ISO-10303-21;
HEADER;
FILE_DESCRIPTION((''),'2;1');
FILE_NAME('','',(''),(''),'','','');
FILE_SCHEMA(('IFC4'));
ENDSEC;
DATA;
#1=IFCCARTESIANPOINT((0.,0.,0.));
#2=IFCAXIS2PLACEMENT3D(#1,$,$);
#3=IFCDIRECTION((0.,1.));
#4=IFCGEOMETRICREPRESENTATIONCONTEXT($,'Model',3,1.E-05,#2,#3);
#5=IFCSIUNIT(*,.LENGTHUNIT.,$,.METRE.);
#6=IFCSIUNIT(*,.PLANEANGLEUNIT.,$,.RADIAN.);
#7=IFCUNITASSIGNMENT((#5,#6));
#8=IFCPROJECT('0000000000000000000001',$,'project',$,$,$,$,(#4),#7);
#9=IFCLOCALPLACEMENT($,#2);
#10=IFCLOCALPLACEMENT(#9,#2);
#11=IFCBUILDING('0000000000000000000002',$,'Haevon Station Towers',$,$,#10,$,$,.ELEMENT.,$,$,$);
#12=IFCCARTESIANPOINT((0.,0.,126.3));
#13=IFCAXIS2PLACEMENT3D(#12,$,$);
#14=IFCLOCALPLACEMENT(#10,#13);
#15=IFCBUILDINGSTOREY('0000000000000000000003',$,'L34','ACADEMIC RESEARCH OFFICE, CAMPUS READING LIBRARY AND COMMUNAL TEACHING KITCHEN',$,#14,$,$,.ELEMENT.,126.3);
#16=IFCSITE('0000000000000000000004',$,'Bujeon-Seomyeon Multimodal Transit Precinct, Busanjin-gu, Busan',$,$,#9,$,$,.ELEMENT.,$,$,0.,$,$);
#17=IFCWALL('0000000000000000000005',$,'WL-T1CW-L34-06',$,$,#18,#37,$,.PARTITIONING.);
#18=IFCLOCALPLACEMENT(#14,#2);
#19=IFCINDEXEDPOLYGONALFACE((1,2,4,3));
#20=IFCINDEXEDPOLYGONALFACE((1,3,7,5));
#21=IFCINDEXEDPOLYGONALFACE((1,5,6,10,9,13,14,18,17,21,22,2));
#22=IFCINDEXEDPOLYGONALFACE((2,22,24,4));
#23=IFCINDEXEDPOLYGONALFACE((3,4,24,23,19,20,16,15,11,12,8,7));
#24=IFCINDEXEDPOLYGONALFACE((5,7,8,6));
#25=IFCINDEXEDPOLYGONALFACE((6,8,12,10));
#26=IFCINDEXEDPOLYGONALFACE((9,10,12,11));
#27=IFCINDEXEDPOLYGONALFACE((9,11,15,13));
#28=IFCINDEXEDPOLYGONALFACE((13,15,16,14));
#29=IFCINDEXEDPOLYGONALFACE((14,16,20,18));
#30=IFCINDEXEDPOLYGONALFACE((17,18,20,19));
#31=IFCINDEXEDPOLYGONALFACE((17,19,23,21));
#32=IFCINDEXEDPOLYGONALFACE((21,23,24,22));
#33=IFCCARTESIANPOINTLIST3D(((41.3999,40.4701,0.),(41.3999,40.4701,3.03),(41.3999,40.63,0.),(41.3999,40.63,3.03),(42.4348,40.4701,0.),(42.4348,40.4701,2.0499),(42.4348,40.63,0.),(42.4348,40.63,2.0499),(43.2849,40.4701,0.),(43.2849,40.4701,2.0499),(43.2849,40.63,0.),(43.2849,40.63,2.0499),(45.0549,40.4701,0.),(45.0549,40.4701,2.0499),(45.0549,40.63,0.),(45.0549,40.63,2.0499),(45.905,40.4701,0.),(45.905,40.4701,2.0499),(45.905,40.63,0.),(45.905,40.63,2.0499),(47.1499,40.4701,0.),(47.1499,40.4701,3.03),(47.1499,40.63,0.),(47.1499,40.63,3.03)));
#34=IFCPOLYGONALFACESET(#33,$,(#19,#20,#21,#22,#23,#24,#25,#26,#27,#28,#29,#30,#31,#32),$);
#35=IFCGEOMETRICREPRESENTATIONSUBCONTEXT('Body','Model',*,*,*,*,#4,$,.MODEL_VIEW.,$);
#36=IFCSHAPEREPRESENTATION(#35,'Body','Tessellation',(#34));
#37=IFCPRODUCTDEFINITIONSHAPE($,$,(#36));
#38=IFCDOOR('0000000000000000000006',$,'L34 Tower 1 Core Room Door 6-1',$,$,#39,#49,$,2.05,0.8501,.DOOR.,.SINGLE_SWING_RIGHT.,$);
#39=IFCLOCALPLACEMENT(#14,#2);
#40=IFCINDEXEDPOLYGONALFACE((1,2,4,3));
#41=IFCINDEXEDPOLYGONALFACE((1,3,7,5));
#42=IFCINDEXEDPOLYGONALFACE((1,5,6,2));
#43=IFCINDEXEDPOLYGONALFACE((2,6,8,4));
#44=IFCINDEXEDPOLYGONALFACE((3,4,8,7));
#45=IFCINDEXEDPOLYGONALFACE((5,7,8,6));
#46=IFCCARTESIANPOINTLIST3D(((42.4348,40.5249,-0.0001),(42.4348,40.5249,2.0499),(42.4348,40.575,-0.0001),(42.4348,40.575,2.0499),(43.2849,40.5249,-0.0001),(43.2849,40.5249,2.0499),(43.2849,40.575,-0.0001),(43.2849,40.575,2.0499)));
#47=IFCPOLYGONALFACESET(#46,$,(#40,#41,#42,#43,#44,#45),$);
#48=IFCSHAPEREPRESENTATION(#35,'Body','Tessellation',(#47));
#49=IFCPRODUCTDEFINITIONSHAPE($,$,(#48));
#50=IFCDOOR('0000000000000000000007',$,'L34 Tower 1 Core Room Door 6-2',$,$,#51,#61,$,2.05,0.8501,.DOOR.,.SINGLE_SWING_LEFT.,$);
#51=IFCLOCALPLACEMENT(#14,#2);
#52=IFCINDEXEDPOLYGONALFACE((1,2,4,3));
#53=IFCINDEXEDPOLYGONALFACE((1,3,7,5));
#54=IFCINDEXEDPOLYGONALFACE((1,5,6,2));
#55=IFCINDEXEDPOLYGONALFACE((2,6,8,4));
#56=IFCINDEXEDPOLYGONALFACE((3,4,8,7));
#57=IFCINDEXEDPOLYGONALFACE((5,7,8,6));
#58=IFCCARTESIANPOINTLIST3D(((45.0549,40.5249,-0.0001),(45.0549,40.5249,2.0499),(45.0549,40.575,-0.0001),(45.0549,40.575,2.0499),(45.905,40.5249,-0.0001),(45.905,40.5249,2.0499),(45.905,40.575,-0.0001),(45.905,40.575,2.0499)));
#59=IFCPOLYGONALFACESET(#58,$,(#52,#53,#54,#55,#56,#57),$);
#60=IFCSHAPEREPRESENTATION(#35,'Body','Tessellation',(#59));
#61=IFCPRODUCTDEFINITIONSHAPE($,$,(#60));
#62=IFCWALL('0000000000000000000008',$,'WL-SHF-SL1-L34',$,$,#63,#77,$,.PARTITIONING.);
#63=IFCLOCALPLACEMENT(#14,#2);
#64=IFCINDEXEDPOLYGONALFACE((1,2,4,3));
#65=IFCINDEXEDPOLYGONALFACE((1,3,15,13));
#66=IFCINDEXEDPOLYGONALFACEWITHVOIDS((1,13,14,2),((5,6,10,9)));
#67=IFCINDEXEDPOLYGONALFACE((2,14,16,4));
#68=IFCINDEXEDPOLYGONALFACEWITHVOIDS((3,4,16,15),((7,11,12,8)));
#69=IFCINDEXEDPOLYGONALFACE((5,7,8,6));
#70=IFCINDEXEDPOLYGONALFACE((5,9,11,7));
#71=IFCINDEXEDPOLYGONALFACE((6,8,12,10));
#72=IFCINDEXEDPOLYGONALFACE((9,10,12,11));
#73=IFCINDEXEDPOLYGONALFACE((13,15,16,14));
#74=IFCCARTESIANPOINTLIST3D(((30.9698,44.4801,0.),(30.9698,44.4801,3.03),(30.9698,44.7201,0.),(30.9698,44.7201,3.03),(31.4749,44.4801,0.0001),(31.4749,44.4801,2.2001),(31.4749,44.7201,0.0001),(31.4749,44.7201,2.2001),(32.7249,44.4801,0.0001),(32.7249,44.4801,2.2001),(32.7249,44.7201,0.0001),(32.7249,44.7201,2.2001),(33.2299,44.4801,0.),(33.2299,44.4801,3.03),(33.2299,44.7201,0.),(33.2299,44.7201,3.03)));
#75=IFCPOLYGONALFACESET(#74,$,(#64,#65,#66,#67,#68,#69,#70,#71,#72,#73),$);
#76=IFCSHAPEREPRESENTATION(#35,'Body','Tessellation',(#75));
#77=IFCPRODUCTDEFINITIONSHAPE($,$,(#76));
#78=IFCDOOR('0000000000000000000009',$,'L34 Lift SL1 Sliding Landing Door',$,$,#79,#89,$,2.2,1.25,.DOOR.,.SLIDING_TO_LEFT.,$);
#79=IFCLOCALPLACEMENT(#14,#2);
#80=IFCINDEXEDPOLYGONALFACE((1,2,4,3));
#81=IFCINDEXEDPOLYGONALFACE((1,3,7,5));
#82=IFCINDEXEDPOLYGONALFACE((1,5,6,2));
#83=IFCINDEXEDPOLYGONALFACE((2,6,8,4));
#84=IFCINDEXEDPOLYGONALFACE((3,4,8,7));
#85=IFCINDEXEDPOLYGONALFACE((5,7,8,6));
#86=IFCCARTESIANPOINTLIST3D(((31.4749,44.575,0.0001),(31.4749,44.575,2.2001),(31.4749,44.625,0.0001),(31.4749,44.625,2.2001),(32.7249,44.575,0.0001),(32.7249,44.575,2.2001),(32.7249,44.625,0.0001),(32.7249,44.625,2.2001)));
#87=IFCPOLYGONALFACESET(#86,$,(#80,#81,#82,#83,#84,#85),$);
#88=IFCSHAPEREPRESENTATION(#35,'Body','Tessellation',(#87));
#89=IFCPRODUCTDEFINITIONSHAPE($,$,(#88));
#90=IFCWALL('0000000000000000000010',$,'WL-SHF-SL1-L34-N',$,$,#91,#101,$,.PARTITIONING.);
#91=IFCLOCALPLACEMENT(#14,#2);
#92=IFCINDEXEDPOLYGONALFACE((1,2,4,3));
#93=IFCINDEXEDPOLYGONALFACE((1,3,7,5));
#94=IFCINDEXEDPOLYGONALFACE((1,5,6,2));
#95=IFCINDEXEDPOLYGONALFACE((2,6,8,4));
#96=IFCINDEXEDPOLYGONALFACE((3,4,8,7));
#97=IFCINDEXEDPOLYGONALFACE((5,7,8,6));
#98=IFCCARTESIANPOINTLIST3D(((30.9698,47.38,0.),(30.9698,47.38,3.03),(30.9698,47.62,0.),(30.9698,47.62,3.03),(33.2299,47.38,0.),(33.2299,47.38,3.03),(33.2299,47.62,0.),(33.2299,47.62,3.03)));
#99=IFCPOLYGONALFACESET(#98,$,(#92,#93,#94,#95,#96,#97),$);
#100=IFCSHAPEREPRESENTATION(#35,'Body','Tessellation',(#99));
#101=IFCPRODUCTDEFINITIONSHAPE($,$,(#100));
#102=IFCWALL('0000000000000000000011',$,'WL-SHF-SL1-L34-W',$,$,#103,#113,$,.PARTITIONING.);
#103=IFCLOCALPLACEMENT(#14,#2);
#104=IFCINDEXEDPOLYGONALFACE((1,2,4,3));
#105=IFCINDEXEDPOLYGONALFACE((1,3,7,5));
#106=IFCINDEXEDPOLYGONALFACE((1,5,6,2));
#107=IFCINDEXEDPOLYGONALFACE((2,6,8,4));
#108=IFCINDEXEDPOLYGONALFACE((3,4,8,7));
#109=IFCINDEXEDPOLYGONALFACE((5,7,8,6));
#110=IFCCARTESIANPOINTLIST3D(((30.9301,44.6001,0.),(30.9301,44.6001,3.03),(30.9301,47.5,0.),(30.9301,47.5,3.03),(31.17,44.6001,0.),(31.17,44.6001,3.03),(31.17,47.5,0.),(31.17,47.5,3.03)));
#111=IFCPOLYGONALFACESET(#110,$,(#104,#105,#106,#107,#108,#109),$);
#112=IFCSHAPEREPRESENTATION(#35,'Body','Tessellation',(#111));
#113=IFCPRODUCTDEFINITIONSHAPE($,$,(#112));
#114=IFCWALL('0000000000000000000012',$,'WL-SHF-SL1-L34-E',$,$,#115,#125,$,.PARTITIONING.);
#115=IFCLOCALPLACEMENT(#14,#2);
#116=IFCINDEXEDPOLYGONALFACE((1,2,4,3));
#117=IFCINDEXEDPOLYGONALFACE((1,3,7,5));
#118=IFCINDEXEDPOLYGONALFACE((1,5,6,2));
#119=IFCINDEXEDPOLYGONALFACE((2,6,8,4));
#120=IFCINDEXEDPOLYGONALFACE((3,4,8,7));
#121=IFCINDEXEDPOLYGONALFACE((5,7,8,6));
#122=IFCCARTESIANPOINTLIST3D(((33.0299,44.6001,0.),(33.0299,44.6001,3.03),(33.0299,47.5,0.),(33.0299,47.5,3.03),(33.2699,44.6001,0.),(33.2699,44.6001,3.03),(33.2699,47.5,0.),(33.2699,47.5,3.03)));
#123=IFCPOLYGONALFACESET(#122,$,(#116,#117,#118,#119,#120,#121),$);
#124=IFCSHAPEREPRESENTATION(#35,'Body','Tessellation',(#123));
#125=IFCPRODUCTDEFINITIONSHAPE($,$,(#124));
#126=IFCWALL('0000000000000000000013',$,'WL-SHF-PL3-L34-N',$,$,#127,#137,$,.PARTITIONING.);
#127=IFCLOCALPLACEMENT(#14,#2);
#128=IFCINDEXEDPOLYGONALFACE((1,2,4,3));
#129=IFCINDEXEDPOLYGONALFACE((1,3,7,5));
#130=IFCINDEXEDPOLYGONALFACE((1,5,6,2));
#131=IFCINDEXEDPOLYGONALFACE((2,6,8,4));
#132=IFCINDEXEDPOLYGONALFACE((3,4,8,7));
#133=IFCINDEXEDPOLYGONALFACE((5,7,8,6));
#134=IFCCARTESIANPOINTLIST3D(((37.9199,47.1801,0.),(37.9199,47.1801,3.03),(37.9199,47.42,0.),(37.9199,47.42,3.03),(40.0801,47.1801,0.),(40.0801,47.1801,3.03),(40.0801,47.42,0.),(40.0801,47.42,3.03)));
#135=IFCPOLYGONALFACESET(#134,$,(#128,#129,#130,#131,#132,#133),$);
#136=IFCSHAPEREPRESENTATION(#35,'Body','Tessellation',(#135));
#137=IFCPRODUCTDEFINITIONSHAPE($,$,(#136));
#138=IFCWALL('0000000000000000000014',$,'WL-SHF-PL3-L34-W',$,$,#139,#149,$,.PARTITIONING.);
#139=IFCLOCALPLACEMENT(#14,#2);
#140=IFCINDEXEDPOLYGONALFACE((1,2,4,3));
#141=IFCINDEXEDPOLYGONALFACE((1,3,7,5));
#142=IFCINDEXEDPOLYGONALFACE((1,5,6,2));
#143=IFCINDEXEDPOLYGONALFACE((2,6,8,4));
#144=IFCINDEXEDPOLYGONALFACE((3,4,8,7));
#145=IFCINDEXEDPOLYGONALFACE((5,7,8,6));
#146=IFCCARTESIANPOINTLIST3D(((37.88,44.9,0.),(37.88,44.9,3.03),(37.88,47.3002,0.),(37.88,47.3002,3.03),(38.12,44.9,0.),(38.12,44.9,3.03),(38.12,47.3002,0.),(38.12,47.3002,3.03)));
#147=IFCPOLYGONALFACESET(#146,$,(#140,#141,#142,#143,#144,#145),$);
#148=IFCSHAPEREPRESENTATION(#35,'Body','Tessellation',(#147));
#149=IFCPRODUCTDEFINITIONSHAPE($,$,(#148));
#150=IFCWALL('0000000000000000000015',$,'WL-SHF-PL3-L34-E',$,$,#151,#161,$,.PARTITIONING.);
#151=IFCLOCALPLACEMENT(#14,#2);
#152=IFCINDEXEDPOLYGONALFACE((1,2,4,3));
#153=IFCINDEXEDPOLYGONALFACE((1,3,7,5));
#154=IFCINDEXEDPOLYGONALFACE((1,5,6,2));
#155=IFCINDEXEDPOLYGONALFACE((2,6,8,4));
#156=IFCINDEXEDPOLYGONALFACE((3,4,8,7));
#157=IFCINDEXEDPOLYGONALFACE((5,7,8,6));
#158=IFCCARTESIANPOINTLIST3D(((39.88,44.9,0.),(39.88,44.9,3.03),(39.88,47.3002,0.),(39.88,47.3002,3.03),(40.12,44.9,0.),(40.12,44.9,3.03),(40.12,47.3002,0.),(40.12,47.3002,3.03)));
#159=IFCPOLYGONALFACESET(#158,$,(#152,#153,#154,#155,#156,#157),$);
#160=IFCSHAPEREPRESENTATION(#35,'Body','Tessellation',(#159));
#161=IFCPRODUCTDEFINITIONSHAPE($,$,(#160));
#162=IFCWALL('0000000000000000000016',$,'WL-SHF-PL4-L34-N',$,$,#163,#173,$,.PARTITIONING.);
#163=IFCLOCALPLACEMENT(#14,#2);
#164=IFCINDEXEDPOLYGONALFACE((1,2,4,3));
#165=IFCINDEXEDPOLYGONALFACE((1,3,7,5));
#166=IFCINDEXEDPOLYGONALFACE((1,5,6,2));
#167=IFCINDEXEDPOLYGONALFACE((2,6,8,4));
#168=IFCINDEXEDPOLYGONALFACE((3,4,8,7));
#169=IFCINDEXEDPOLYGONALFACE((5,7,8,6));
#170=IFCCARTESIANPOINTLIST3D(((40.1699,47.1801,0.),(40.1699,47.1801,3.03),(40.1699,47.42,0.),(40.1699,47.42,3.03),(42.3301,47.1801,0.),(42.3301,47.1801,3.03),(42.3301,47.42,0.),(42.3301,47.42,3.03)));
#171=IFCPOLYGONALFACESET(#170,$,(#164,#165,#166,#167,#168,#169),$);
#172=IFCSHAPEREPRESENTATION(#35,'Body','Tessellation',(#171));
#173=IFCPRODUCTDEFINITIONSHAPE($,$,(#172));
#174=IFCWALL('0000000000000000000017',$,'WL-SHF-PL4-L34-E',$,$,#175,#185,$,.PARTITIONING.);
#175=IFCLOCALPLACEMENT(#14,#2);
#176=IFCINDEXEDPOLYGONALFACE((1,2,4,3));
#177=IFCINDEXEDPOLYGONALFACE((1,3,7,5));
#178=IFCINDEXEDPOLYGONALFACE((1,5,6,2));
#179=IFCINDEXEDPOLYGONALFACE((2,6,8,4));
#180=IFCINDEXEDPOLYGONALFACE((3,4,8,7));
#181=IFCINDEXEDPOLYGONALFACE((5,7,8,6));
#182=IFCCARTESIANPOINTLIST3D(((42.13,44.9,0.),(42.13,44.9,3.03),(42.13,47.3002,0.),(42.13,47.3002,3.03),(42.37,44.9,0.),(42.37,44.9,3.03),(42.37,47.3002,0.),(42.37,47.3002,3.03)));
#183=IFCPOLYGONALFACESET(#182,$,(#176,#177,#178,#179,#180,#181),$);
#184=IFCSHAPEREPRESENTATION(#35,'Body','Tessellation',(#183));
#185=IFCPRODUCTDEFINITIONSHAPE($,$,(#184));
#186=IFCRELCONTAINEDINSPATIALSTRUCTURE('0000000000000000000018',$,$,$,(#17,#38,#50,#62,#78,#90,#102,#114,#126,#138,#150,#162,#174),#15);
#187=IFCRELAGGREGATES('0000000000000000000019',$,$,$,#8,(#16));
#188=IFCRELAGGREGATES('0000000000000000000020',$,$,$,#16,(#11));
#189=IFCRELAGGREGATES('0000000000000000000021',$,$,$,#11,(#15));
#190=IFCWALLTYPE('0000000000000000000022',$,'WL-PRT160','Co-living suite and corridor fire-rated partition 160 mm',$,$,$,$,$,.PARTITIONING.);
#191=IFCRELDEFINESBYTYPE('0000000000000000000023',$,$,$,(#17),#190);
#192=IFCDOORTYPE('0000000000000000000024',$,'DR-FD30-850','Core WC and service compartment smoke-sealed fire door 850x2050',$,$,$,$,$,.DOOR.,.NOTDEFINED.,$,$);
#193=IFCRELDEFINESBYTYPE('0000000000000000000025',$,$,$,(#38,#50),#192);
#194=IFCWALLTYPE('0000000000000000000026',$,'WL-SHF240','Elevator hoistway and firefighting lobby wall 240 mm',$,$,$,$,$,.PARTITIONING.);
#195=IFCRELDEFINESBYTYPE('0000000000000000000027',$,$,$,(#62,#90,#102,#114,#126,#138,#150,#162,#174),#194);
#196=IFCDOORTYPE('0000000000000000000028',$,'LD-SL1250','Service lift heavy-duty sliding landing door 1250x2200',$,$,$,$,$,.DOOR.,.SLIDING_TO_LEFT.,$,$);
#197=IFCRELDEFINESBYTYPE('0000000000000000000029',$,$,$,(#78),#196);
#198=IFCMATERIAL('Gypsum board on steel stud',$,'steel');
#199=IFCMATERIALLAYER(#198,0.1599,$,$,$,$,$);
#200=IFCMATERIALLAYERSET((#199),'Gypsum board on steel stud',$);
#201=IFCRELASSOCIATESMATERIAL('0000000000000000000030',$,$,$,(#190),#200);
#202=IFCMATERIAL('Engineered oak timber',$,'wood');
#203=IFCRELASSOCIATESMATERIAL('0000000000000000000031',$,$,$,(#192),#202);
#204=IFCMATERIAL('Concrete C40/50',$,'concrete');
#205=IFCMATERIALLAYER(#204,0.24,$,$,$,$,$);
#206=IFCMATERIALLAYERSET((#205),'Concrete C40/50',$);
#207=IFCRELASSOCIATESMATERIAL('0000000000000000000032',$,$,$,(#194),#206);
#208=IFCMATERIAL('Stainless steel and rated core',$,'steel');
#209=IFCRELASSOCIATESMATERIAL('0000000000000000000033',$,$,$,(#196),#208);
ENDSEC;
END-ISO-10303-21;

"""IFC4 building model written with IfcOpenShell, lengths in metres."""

from ifc_helpers import new_model, si_unit, direction, frame, frame_2d, origin, place, context, subcontext, project, spatial, rectangle, extrude, material, layer, layer_set, type_object, element, fill, save


model = new_model("IFC4")

# Units and contexts
model_context = context("Model", 3, precision=1e-05, world=origin(), true_north=direction((0.0, 1.0)))
body_context = subcontext(model_context, "Body", "Model", "MODEL_VIEW")
ifc_project = project(units=[si_unit("LENGTHUNIT", "METRE"), si_unit("PLANEANGLEUNIT", "RADIAN")], contexts=[model_context])

# Site, building, storey
site_placement = place(None, origin())
site = spatial("IfcSite", under=ifc_project, at=site_placement, Name="Bujeon-Seomyeon Multimodal Transit Precinct, Busanjin-gu, Busan", CompositionType="ELEMENT", RefElevation=0.0)
building_placement = place(site_placement, origin())
building = spatial("IfcBuilding", under=site, at=building_placement, Name="Haevon Station Towers", CompositionType="ELEMENT")
storey_placement = place(building_placement, frame((0.0, 0.0, 126.3)))
storey = spatial("IfcBuildingStorey", under=building, at=storey_placement, Name="L34", Description="ACADEMIC RESEARCH OFFICE, CAMPUS READING LIBRARY AND COMMUNAL TEACHING KITCHEN", CompositionType="ELEMENT", Elevation=126.3)

# Shared definitions
ifc_material_1 = material(Name="Gypsum board on steel stud", Category="steel")
ifc_layer_1 = layer(ifc_material_1, 0.1599)
ifc_layer_set_1 = layer_set([ifc_layer_1], Name="Gypsum board on steel stud")
wall_type_1 = type_object("IfcWallType", Name="WL-PRT160", Description="Co-living suite and corridor fire-rated partition 160 mm", PredefinedType="PARTITIONING", material=ifc_layer_set_1)
ifc_material_2 = material(Name="Engineered oak timber", Category="wood")

# Wall, openings, doors
wall_1_placement = place(storey_placement, frame((41.3999, 40.55, 0.0), z_axis=(0.0, 0.0, 1.0), x_axis=(1.0, 0.0, 0.0)))
wall_1 = element("IfcWall", 1, at=wall_1_placement, inside=storey, type_object=wall_type_1, Name="WL-T1CW-L34-06", PredefinedType="PARTITIONING", context=body_context, shape_type="SweptSolid", body=[
    extrude(rectangle(XDim=5.75, YDim=0.1599, at=frame_2d((2.875, 0.0))), origin(), (0.0, 0.0, 1.0), 3.03),
])
opening_1_placement = place(wall_1_placement, frame((1.0349, 0.0, 0.0)))
opening_1 = element("IfcOpeningElement", 2, at=opening_1_placement, cuts=wall_1, PredefinedType="OPENING", context=body_context, shape_type="SweptSolid", body=[
    extrude(rectangle(XDim=0.8501, YDim=2.05, at=frame_2d((0.425, 1.0249))), frame((0.0, 0.0898, 0.0), z_axis=(0.0, -1.0, 0.0), x_axis=(1.0, 0.0, 0.0)), (0.0, 0.0, 1.0), 0.1799),
])
opening_2_placement = place(wall_1_placement, frame((3.655, 0.0, 0.0)))
opening_2 = element("IfcOpeningElement", 3, at=opening_2_placement, cuts=wall_1, PredefinedType="OPENING", context=body_context, shape_type="SweptSolid", body=[
    extrude(rectangle(XDim=0.8501, YDim=2.05, at=frame_2d((0.425, 1.0249))), frame((0.0, 0.0898, 0.0), z_axis=(0.0, -1.0, 0.0), x_axis=(1.0, 0.0, 0.0)), (0.0, 0.0, 1.0), 0.1799),
])
door_type_1 = type_object("IfcDoorType", Name="DR-FD30-850", Description="Core WC and service compartment smoke-sealed fire door 850x2050", OperationType="NOTDEFINED", PredefinedType="DOOR", material=ifc_material_2)
door_1_placement = place(opening_1_placement, origin())
door_1 = element("IfcDoor", 4, at=door_1_placement, inside=storey, type_object=door_type_1, Name="L34 Tower 1 Core Room Door 6-1", OperationType="SINGLE_SWING_RIGHT", OverallHeight=2.05, OverallWidth=0.8501, PredefinedType="DOOR", context=body_context, shape_type="SweptSolid", body=[
    extrude(rectangle(XDim=0.8501, YDim=2.05, at=frame_2d((0.425, 1.0249))), frame((0.0, 0.0249, 0.0), z_axis=(0.0, -1.0, 0.0), x_axis=(1.0, 0.0, 0.0)), (0.0, 0.0, 1.0), 0.05),
])
fill(opening_1, door_1)
door_2_placement = place(opening_2_placement, origin())
door_2 = element("IfcDoor", 5, at=door_2_placement, inside=storey, type_object=door_type_1, Name="L34 Tower 1 Core Room Door 6-2", OperationType="SINGLE_SWING_LEFT", OverallHeight=2.05, OverallWidth=0.8501, PredefinedType="DOOR", context=body_context, shape_type="SweptSolid", body=[
    extrude(rectangle(XDim=0.8501, YDim=2.05, at=frame_2d((0.425, 1.0249))), frame((0.0, 0.0249, 0.0), z_axis=(0.0, -1.0, 0.0), x_axis=(1.0, 0.0, 0.0)), (0.0, 0.0, 1.0), 0.05),
])
fill(opening_2, door_2)

# Wall, opening, door
ifc_material_3 = material(Name="Concrete C40/50", Category="concrete")
ifc_layer_2 = layer(ifc_material_3, 0.24)
ifc_layer_set_2 = layer_set([ifc_layer_2], Name="Concrete C40/50")
wall_type_2 = type_object("IfcWallType", Name="WL-SHF240", Description="Elevator hoistway and firefighting lobby wall 240 mm", PredefinedType="PARTITIONING", material=ifc_layer_set_2)
wall_2_placement = place(storey_placement, frame((30.97, 44.6001, 0.0), z_axis=(0.0, 0.0, 1.0), x_axis=(1.0, 0.0, 0.0)))
wall_2 = element("IfcWall", 6, at=wall_2_placement, inside=storey, type_object=wall_type_2, Name="WL-SHF-SL1-L34", PredefinedType="PARTITIONING", context=body_context, shape_type="SweptSolid", body=[
    extrude(rectangle(XDim=2.26, YDim=0.24, at=frame_2d((1.1299, 0.0))), origin(), (0.0, 0.0, 1.0), 3.03),
])
opening_3_placement = place(wall_2_placement, frame((0.5049, 0.0, 0.0)))
opening_3 = element("IfcOpeningElement", 7, at=opening_3_placement, cuts=wall_2, PredefinedType="OPENING", context=body_context, shape_type="SweptSolid", body=[
    extrude(rectangle(XDim=1.25, YDim=2.2, at=frame_2d((0.625, 1.1001))), frame((0.0, 0.1299, 0.0), z_axis=(0.0, -1.0, 0.0), x_axis=(1.0, 0.0, 0.0)), (0.0, 0.0, 1.0), 0.26),
])
ifc_material_4 = material(Name="Stainless steel and rated core", Category="steel")
door_type_2 = type_object("IfcDoorType", Name="LD-SL1250", Description="Service lift heavy-duty sliding landing door 1250x2200", OperationType="SLIDING_TO_LEFT", PredefinedType="DOOR", material=ifc_material_4)
door_3_placement = place(opening_3_placement, origin())
door_3 = element("IfcDoor", 8, at=door_3_placement, inside=storey, type_object=door_type_2, Name="L34 Lift SL1 Sliding Landing Door", OperationType="SLIDING_TO_LEFT", OverallHeight=2.2, OverallWidth=1.25, PredefinedType="DOOR", context=body_context, shape_type="SweptSolid", body=[
    extrude(rectangle(XDim=1.25, YDim=2.2, at=frame_2d((0.625, 1.1001))), frame((0.0, 0.0249, 0.0), z_axis=(0.0, -1.0, 0.0), x_axis=(1.0, 0.0, 0.0)), (0.0, 0.0, 1.0), 0.05),
])
fill(opening_3, door_3)

# Walls
wall_3_placement = place(storey_placement, frame((30.97, 47.5, 0.0), z_axis=(0.0, 0.0, 1.0), x_axis=(1.0, 0.0, 0.0)))
element("IfcWall", 9, at=wall_3_placement, inside=storey, type_object=wall_type_2, Name="WL-SHF-SL1-L34-N", PredefinedType="PARTITIONING", context=body_context, shape_type="SweptSolid", body=[
    extrude(rectangle(XDim=2.26, YDim=0.24, at=frame_2d((1.1299, 0.0))), origin(), (0.0, 0.0, 1.0), 3.03),
])
for number, where, z_axis, x_axis, name in (
    (10, (31.05, 44.6001, 0.0), (0.0, 0.0, 1.0), (0.0, 1.0, 0.0), "WL-SHF-SL1-L34-W"),
    (11, (33.1499, 44.6001, 0.0), (0.0, 0.0, 1.0), (0.0, 1.0, 0.0), "WL-SHF-SL1-L34-E"),
):
    element("IfcWall", number, at=place(storey_placement, frame(where, z_axis=z_axis, x_axis=x_axis)), inside=storey, type_object=wall_type_2, Name=name, PredefinedType="PARTITIONING", context=body_context, shape_type="SweptSolid", body=[
        extrude(rectangle(XDim=2.8999, YDim=0.24, at=frame_2d((1.45, 0.0))), origin(), (0.0, 0.0, 1.0), 3.03),
    ])

# Walls
wall_4_placement = place(storey_placement, frame((37.9199, 47.3, 0.0), z_axis=(0.0, 0.0, 1.0), x_axis=(1.0, 0.0, 0.0)))
element("IfcWall", 12, at=wall_4_placement, inside=storey, type_object=wall_type_2, Name="WL-SHF-PL3-L34-N", PredefinedType="PARTITIONING", context=body_context, shape_type="SweptSolid", body=[
    extrude(rectangle(XDim=2.1602, YDim=0.24, at=frame_2d((1.0801, 0.0))), origin(), (0.0, 0.0, 1.0), 3.03),
])
for number, where, z_axis, x_axis, name in (
    (13, (38.0, 44.8999, 0.0), (0.0, 0.0, 1.0), (0.0, 1.0, 0.0), "WL-SHF-PL3-L34-W"),
    (14, (40.0, 44.8999, 0.0), (0.0, 0.0, 1.0), (0.0, 1.0, 0.0), "WL-SHF-PL3-L34-E"),
):
    element("IfcWall", number, at=place(storey_placement, frame(where, z_axis=z_axis, x_axis=x_axis)), inside=storey, type_object=wall_type_2, Name=name, PredefinedType="PARTITIONING", context=body_context, shape_type="SweptSolid", body=[
        extrude(rectangle(XDim=2.4001, YDim=0.24, at=frame_2d((1.2002, 0.0))), origin(), (0.0, 0.0, 1.0), 3.03),
    ])

# Walls
wall_5_placement = place(storey_placement, frame((40.1699, 47.3, 0.0), z_axis=(0.0, 0.0, 1.0), x_axis=(1.0, 0.0, 0.0)))
element("IfcWall", 15, at=wall_5_placement, inside=storey, type_object=wall_type_2, Name="WL-SHF-PL4-L34-N", PredefinedType="PARTITIONING", context=body_context, shape_type="SweptSolid", body=[
    extrude(rectangle(XDim=2.1602, YDim=0.24, at=frame_2d((1.0801, 0.0))), origin(), (0.0, 0.0, 1.0), 3.03),
])
wall_6_placement = place(storey_placement, frame((42.25, 44.8999, 0.0), z_axis=(0.0, 0.0, 1.0), x_axis=(0.0, 1.0, 0.0)))
element("IfcWall", 16, at=wall_6_placement, inside=storey, type_object=wall_type_2, Name="WL-SHF-PL4-L34-E", PredefinedType="PARTITIONING", context=body_context, shape_type="SweptSolid", body=[
    extrude(rectangle(XDim=2.4001, YDim=0.24, at=frame_2d((1.2002, 0.0))), origin(), (0.0, 0.0, 1.0), 3.03),
])

save(model, "model.ifc")
